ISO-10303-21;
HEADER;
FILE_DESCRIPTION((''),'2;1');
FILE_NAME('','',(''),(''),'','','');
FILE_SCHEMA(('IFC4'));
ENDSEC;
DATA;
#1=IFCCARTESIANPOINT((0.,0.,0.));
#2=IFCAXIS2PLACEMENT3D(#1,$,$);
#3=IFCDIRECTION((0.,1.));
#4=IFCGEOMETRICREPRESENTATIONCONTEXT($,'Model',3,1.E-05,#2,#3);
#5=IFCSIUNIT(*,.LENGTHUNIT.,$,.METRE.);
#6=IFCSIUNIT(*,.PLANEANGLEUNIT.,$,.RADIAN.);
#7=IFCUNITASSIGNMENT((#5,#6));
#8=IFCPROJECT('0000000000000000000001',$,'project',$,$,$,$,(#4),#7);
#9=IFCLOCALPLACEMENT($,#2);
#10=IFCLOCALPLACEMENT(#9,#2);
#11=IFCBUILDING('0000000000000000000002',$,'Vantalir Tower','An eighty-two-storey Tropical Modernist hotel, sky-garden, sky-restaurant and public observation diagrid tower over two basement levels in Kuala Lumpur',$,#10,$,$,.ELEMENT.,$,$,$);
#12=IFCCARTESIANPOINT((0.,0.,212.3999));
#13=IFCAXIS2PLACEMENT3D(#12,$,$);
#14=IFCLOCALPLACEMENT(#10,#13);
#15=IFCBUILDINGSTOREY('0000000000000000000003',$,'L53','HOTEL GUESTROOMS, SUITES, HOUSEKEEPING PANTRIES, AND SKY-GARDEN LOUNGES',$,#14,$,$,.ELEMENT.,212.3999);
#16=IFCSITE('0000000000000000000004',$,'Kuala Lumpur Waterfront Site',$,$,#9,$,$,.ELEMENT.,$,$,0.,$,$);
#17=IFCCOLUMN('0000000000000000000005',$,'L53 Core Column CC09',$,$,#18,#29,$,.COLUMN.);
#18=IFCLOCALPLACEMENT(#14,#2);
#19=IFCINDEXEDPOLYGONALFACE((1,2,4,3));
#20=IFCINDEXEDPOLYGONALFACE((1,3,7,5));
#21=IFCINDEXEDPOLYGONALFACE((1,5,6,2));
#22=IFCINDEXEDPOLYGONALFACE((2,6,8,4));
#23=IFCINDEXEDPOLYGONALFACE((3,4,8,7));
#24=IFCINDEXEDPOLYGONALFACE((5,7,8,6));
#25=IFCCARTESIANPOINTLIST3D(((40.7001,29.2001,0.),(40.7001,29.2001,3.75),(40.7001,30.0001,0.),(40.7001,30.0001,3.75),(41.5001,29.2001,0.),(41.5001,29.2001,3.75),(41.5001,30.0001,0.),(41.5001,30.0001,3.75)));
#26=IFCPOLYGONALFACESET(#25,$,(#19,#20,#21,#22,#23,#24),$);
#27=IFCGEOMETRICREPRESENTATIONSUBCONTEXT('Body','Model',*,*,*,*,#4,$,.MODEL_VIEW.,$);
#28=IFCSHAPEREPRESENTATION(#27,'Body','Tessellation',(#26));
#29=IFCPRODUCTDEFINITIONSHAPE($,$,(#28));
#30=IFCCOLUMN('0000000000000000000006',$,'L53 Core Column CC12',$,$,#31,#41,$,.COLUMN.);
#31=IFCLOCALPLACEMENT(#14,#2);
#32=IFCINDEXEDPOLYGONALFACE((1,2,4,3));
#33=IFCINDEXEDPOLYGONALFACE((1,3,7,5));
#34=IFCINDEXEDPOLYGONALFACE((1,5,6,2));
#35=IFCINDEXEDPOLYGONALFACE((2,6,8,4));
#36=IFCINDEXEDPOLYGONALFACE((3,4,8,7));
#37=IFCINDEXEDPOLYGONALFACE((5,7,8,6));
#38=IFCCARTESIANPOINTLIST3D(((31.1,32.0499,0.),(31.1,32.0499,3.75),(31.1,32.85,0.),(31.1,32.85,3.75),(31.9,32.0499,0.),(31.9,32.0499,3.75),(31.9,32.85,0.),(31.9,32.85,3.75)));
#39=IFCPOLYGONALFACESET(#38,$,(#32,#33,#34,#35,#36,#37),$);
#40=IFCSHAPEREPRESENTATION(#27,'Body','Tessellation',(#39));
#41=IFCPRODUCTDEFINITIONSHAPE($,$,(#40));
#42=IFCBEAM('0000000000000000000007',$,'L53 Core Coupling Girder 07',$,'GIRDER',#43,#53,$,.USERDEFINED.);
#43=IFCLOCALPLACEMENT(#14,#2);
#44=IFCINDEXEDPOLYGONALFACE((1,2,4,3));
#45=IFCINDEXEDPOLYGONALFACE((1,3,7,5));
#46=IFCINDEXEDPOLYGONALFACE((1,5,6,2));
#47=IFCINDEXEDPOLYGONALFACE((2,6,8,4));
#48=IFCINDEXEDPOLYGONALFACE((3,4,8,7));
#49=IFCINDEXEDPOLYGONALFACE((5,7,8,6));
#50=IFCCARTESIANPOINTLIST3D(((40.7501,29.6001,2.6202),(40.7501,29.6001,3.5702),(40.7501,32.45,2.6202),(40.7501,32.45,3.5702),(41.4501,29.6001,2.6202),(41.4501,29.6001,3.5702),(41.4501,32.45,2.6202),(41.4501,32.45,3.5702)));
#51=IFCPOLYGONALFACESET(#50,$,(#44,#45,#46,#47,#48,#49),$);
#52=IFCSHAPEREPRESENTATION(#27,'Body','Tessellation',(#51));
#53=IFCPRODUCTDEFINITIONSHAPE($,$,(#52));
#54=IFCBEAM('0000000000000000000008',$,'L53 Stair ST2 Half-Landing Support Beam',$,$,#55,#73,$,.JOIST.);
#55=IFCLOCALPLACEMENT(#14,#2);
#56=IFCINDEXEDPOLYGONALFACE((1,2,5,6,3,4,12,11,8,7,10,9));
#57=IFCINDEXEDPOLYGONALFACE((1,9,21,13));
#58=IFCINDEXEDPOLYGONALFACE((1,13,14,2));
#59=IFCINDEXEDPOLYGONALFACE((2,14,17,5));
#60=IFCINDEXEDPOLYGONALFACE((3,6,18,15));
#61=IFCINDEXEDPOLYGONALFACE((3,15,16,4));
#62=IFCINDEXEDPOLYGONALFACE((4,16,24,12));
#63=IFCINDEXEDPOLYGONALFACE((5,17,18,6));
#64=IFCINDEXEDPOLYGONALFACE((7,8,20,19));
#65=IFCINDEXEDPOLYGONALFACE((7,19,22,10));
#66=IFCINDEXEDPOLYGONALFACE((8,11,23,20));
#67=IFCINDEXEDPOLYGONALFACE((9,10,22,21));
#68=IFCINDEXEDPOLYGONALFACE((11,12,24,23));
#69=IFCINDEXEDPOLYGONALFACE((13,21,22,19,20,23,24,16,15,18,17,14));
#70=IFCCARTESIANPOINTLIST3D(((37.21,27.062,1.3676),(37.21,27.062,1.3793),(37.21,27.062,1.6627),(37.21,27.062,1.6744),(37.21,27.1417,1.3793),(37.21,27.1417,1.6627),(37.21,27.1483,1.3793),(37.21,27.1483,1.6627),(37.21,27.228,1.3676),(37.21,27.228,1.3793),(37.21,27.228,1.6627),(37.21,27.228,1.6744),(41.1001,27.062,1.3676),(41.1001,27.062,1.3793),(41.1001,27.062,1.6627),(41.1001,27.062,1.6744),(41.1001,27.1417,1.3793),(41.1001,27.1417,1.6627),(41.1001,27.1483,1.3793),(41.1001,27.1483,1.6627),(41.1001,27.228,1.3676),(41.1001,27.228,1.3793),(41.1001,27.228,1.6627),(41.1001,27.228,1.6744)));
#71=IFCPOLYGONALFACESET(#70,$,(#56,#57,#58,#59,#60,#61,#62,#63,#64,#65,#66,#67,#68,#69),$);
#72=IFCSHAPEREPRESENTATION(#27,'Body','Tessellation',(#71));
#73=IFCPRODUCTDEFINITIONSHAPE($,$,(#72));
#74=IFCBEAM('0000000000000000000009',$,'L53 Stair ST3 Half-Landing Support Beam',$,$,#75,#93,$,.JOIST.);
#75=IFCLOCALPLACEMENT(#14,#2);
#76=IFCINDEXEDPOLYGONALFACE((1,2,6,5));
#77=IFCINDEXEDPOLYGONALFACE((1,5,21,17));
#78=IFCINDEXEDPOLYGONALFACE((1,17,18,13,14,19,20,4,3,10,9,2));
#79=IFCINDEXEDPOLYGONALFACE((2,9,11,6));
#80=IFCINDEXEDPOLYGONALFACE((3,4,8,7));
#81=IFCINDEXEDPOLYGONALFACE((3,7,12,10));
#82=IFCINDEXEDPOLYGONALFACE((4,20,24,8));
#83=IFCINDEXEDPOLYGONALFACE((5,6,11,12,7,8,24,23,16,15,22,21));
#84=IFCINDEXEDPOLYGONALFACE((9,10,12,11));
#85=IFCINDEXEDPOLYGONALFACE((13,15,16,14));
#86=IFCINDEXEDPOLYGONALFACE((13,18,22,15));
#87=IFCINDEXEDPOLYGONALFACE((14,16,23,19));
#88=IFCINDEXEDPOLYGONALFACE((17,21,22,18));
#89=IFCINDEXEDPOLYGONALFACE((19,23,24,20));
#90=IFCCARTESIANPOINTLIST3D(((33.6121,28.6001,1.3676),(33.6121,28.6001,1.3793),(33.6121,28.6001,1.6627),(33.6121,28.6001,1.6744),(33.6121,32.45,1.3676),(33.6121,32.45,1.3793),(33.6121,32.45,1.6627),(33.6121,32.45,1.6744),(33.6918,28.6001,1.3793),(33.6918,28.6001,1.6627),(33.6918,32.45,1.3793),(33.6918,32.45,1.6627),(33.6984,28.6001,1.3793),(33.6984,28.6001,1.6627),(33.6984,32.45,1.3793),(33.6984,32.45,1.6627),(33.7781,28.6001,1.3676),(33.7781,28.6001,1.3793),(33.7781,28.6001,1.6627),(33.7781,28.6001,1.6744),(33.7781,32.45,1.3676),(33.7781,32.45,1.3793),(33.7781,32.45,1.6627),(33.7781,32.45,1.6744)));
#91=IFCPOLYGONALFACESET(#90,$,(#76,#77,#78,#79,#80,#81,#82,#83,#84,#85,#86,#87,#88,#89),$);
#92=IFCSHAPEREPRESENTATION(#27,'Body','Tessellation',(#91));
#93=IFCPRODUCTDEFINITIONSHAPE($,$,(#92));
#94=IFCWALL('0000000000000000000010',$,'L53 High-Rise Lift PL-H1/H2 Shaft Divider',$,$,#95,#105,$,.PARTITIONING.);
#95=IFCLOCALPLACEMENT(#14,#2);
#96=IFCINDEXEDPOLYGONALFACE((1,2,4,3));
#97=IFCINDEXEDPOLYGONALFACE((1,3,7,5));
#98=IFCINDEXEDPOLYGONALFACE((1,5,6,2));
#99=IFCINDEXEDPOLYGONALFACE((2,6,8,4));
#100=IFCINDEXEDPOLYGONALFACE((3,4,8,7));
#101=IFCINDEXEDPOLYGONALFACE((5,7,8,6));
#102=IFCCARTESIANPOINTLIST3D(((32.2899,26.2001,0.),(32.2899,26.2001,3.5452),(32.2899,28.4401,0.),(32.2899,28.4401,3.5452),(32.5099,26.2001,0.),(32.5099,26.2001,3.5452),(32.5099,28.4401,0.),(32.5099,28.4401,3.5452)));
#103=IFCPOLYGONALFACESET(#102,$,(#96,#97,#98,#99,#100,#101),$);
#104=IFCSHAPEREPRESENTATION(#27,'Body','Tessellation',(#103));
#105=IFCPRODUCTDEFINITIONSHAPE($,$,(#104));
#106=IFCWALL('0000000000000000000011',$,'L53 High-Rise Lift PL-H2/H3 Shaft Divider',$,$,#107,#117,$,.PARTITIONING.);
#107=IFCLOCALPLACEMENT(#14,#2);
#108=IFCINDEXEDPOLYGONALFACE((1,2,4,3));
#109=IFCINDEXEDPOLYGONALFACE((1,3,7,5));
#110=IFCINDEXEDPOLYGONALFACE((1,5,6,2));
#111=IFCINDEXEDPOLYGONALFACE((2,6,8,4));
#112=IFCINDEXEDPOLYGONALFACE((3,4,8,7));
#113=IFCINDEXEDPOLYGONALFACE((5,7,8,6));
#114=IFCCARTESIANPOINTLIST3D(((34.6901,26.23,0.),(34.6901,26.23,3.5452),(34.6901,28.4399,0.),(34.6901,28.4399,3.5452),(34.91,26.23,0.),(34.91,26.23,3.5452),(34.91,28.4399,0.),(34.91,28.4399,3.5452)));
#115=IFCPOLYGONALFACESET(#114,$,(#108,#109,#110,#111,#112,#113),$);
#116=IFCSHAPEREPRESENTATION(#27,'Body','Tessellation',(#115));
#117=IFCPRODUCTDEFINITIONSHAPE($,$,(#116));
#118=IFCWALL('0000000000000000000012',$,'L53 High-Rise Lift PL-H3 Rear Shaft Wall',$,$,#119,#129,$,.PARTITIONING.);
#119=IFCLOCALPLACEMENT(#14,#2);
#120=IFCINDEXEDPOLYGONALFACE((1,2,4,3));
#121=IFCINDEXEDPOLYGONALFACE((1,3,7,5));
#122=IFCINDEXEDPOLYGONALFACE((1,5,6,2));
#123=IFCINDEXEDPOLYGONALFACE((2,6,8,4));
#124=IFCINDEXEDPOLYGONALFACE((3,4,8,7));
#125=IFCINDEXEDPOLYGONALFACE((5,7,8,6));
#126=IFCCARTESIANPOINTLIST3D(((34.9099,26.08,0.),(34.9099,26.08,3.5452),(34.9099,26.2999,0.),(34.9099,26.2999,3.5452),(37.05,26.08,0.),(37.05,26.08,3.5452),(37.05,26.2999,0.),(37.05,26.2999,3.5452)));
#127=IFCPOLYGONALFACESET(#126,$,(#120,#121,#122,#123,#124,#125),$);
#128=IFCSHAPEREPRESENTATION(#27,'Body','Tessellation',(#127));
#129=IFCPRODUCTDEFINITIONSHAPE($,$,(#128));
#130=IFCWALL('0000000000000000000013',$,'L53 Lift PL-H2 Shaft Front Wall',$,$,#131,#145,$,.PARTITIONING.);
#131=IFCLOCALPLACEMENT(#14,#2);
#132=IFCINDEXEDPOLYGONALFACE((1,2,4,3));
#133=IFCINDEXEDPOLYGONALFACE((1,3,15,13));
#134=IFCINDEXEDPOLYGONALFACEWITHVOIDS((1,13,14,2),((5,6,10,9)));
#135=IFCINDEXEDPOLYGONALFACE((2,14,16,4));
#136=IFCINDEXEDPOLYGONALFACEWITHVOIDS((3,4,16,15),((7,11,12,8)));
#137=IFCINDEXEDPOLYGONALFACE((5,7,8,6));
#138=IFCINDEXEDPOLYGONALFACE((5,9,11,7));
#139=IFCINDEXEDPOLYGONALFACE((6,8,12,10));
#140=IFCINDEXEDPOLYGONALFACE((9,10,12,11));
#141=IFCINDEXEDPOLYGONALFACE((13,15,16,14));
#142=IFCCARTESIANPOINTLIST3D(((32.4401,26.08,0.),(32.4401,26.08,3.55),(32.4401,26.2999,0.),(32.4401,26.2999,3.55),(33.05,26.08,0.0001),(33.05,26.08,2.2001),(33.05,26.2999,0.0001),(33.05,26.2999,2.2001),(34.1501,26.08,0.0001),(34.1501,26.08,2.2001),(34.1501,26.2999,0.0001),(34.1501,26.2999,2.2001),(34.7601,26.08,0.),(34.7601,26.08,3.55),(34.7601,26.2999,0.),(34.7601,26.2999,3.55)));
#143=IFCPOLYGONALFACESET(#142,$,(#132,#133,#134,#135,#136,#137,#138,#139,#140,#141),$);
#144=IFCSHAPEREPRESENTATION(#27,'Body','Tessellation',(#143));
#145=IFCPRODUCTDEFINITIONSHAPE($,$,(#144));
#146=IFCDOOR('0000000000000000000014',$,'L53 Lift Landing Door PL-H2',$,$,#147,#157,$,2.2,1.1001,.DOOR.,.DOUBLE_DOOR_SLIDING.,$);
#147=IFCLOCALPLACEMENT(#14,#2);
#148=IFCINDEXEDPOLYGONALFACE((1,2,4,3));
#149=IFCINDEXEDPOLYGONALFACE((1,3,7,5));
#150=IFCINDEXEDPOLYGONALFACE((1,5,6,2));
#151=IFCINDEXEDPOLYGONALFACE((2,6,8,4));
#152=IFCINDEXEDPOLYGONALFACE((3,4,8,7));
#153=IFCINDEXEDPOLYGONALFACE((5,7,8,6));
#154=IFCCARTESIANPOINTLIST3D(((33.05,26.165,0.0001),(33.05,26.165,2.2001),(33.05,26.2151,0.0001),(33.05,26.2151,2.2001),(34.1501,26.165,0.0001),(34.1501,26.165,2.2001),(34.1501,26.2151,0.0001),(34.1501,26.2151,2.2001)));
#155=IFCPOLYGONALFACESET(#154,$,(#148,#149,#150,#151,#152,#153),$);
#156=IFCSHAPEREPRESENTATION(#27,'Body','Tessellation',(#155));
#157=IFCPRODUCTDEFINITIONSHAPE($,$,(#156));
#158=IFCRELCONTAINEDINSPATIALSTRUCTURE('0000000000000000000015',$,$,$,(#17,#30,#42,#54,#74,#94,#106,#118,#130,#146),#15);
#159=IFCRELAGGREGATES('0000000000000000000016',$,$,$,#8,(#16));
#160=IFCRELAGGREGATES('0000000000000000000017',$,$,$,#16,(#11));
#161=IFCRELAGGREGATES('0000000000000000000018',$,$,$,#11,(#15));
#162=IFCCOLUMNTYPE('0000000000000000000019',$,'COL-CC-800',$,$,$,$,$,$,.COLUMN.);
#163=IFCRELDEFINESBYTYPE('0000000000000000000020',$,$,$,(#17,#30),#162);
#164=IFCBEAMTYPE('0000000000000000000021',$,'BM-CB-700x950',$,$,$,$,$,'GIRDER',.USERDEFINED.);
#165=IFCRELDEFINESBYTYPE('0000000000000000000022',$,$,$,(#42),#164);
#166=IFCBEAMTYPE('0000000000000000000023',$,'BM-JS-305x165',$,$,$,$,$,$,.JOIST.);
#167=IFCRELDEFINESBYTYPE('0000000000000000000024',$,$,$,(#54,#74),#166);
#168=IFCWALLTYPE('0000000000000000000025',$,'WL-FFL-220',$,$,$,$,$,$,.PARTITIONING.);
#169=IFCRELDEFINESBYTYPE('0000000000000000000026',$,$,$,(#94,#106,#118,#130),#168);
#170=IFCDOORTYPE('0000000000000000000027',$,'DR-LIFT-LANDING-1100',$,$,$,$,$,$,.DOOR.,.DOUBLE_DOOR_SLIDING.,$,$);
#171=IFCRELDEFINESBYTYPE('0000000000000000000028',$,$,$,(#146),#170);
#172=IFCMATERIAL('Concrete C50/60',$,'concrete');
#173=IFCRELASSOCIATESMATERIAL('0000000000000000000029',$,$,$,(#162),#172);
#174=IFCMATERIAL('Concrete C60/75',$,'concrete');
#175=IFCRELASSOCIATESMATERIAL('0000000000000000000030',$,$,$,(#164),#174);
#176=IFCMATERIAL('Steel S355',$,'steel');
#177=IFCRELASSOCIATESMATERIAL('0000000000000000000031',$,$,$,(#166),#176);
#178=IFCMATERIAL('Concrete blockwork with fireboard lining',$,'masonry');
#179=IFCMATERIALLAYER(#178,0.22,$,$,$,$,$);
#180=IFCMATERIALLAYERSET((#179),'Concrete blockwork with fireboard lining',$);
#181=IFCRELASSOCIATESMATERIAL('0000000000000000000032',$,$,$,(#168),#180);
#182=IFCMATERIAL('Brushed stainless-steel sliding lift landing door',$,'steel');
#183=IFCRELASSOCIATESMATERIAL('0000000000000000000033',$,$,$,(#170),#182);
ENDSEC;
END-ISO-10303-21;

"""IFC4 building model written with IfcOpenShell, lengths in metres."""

from ifc_helpers import new_model, si_unit, direction, frame, frame_2d, origin, origin_2d, place, context, subcontext, project, spatial, rectangle, i_section, extrude, material, layer, layer_set, material_profile, profile_set, type_object, element, fill, save


model = new_model("IFC4")

# Units and contexts
model_context = context("Model", 3, precision=1e-05, world=origin(), true_north=direction((0.0, 1.0)))
body_context = subcontext(model_context, "Body", "Model", "MODEL_VIEW")
ifc_project = project(units=[si_unit("LENGTHUNIT", "METRE"), si_unit("PLANEANGLEUNIT", "RADIAN")], contexts=[model_context])

# Site, building, storey
site_placement = place(None, origin())
site = spatial("IfcSite", under=ifc_project, at=site_placement, Name="Kuala Lumpur Waterfront Site", CompositionType="ELEMENT", RefElevation=0.0)
building_placement = place(site_placement, origin())
building = spatial("IfcBuilding", under=site, at=building_placement, Name="Vantalir Tower", Description="An eighty-two-storey Tropical Modernist hotel, sky-garden, sky-restaurant and public observation diagrid tower over two basement levels in Kuala Lumpur", CompositionType="ELEMENT")
storey_placement = place(building_placement, frame((0.0, 0.0, 212.3999)))
storey = spatial("IfcBuildingStorey", under=building, at=storey_placement, Name="L53", Description="HOTEL GUESTROOMS, SUITES, HOUSEKEEPING PANTRIES, AND SKY-GARDEN LOUNGES", CompositionType="ELEMENT", Elevation=212.3999)

# Columns
ifc_material_1 = material(Name="Concrete C50/60", Category="concrete")
ifc_material_profile_1 = material_profile(ifc_material_1, rectangle(XDim=0.8, YDim=0.8, at=origin_2d()), Name="Concrete C50/60")
ifc_profile_set_1 = profile_set([ifc_material_profile_1], Name="Concrete C50/60")
column_type = type_object("IfcColumnType", Name="COL-CC-800", PredefinedType="COLUMN", material=ifc_profile_set_1)
for number, where, z_axis, x_axis, name in (
    (1, (41.1001, 29.6001, 0.0), (0.0, 0.0, 1.0), (1.0, 0.0, 0.0), "L53 Core Column CC09"),
    (2, (31.5, 32.45, 0.0), (0.0, 0.0, 1.0), (1.0, 0.0, 0.0), "L53 Core Column CC12"),
):
    element("IfcColumn", number, at=place(storey_placement, frame(where, z_axis=z_axis, x_axis=x_axis)), inside=storey, type_object=column_type, Name=name, PredefinedType="COLUMN", context=body_context, shape_type="SweptSolid", body=[
        extrude(rectangle(XDim=0.8, YDim=0.8, at=origin_2d()), origin(), (0.0, 0.0, 1.0), 3.75),
    ])

# Beams
ifc_material_2 = material(Name="Concrete C60/75", Category="concrete")
ifc_material_profile_2 = material_profile(ifc_material_2, rectangle(XDim=0.7, YDim=0.95, at=origin_2d()), Name="Concrete C60/75")
ifc_profile_set_2 = profile_set([ifc_material_profile_2], Name="Concrete C60/75")
beam_type_1 = type_object("IfcBeamType", Name="BM-CB-700x950", ElementType="GIRDER", PredefinedType="USERDEFINED", material=ifc_profile_set_2)
beam_1_placement = place(storey_placement, frame((41.1001, 29.6001, 3.0952), z_axis=(0.0, 1.0, 0.0), x_axis=(-1.0, 0.0, 0.0)))
element("IfcBeam", 3, at=beam_1_placement, inside=storey, type_object=beam_type_1, Name="L53 Core Coupling Girder 07", ObjectType="GIRDER", PredefinedType="USERDEFINED", context=body_context, shape_type="SweptSolid", body=[
    extrude(rectangle(XDim=0.7, YDim=0.95, at=origin_2d()), origin(), (0.0, 0.0, 1.0), 2.8499),
])
ifc_material_3 = material(Name="Steel S355", Category="steel")
ifc_material_profile_3 = material_profile(ifc_material_3, i_section(OverallWidth=0.166, OverallDepth=0.3069, WebThickness=0.0066, FlangeThickness=0.0117, at=origin_2d()), Name="Steel S355")
ifc_profile_set_3 = profile_set([ifc_material_profile_3], Name="Steel S355")
beam_type_2 = type_object("IfcBeamType", Name="BM-JS-305x165", PredefinedType="JOIST", material=ifc_profile_set_3)
beam_2_placement = place(storey_placement, frame((37.21, 27.145, 1.521), z_axis=(1.0, 0.0, 0.0), x_axis=(0.0, 1.0, 0.0)))
element("IfcBeam", 4, at=beam_2_placement, inside=storey, type_object=beam_type_2, Name="L53 Stair ST2 Half-Landing Support Beam", PredefinedType="JOIST", context=body_context, shape_type="SweptSolid", body=[
    extrude(i_section(OverallWidth=0.166, OverallDepth=0.3069, WebThickness=0.0066, FlangeThickness=0.0117, at=origin_2d()), origin(), (0.0, 0.0, 1.0), 3.8901),
])
beam_3_placement = place(storey_placement, frame((33.6951, 28.6001, 1.521), z_axis=(0.0, 1.0, 0.0), x_axis=(-1.0, 0.0, 0.0)))
element("IfcBeam", 5, at=beam_3_placement, inside=storey, type_object=beam_type_2, Name="L53 Stair ST3 Half-Landing Support Beam", PredefinedType="JOIST", context=body_context, shape_type="SweptSolid", body=[
    extrude(i_section(OverallWidth=0.166, OverallDepth=0.3069, WebThickness=0.0066, FlangeThickness=0.0117, at=origin_2d()), origin(), (0.0, 0.0, 1.0), 3.8499),
])

# Walls
ifc_material_4 = material(Name="Concrete blockwork with fireboard lining", Category="masonry")
ifc_layer_1 = layer(ifc_material_4, 0.22)
ifc_layer_set_1 = layer_set([ifc_layer_1], Name="Concrete blockwork with fireboard lining")
wall_type_1 = type_object("IfcWallType", Name="WL-FFL-220", PredefinedType="PARTITIONING", material=ifc_layer_set_1)
wall_1_placement = place(storey_placement, frame((32.3999, 26.2, 0.0), z_axis=(0.0, 0.0, 1.0), x_axis=(0.0, 1.0, 0.0)))
element("IfcWall", 6, at=wall_1_placement, inside=storey, type_object=wall_type_1, Name="L53 High-Rise Lift PL-H1/H2 Shaft Divider", PredefinedType="PARTITIONING", context=body_context, shape_type="SweptSolid", body=[
    extrude(rectangle(XDim=2.24, YDim=0.22, at=frame_2d((1.1201, 0.0))), origin(), (0.0, 0.0, 1.0), 3.5452),
])
wall_2_placement = place(storey_placement, frame((34.8, 26.23, 0.0), z_axis=(0.0, 0.0, 1.0), x_axis=(0.0, 1.0, 0.0)))
element("IfcWall", 7, at=wall_2_placement, inside=storey, type_object=wall_type_1, Name="L53 High-Rise Lift PL-H2/H3 Shaft Divider", PredefinedType="PARTITIONING", context=body_context, shape_type="SweptSolid", body=[
    extrude(rectangle(XDim=2.21, YDim=0.22, at=frame_2d((1.105, 0.0))), origin(), (0.0, 0.0, 1.0), 3.5452),
])
wall_3_placement = place(storey_placement, frame((34.9099, 26.1899, 0.0), z_axis=(0.0, 0.0, 1.0), x_axis=(1.0, 0.0, 0.0)))
element("IfcWall", 8, at=wall_3_placement, inside=storey, type_object=wall_type_1, Name="L53 High-Rise Lift PL-H3 Rear Shaft Wall", PredefinedType="PARTITIONING", context=body_context, shape_type="SweptSolid", body=[
    extrude(rectangle(XDim=2.1401, YDim=0.22, at=frame_2d((1.0701, 0.0))), origin(), (0.0, 0.0, 1.0), 3.5452),
])

# Wall, opening, door
wall_4_placement = place(storey_placement, frame((32.4399, 26.1899, 0.0), z_axis=(0.0, 0.0, 1.0), x_axis=(1.0, 0.0, 0.0)))
wall_4 = element("IfcWall", 9, at=wall_4_placement, inside=storey, type_object=wall_type_1, Name="L53 Lift PL-H2 Shaft Front Wall", PredefinedType="PARTITIONING", context=body_context, shape_type="SweptSolid", body=[
    extrude(rectangle(XDim=2.3201, YDim=0.22, at=frame_2d((1.1602, 0.0))), origin(), (0.0, 0.0, 1.0), 3.55),
])
opening_1_placement = place(wall_4_placement, frame((0.6101, 0.0, 0.0)))
opening_1 = element("IfcOpeningElement", 10, at=opening_1_placement, cuts=wall_4, PredefinedType="OPENING", context=body_context, shape_type="SweptSolid", body=[
    extrude(rectangle(XDim=1.1001, YDim=2.2, at=frame_2d((0.55, 1.1001))), frame((0.0, 0.1199, 0.0), z_axis=(0.0, -1.0, 0.0), x_axis=(1.0, 0.0, 0.0)), (0.0, 0.0, 1.0), 0.24),
])
ifc_material_5 = material(Name="Brushed stainless-steel sliding lift landing door", Category="steel")
door_type = type_object("IfcDoorType", Name="DR-LIFT-LANDING-1100", OperationType="DOUBLE_DOOR_SLIDING", PredefinedType="DOOR", material=ifc_material_5)
door_1_placement = place(opening_1_placement, frame((1.1001, 0.0, 0.0), z_axis=(0.0, 0.0, 1.0), x_axis=(-1.0, 0.0, 0.0)))
door_1 = element("IfcDoor", 11, at=door_1_placement, inside=storey, type_object=door_type, Name="L53 Lift Landing Door PL-H2", OperationType="DOUBLE_DOOR_SLIDING", OverallHeight=2.2, OverallWidth=1.1001, PredefinedType="DOOR", context=body_context, shape_type="SweptSolid", body=[
    extrude(rectangle(XDim=1.1001, YDim=2.2, at=frame_2d((0.55, 1.1001))), frame((0.0, 0.0249, 0.0), z_axis=(0.0, -1.0, 0.0), x_axis=(1.0, 0.0, 0.0)), (0.0, 0.0, 1.0), 0.05),
])
fill(opening_1, door_1)

save(model, "model.ifc")
